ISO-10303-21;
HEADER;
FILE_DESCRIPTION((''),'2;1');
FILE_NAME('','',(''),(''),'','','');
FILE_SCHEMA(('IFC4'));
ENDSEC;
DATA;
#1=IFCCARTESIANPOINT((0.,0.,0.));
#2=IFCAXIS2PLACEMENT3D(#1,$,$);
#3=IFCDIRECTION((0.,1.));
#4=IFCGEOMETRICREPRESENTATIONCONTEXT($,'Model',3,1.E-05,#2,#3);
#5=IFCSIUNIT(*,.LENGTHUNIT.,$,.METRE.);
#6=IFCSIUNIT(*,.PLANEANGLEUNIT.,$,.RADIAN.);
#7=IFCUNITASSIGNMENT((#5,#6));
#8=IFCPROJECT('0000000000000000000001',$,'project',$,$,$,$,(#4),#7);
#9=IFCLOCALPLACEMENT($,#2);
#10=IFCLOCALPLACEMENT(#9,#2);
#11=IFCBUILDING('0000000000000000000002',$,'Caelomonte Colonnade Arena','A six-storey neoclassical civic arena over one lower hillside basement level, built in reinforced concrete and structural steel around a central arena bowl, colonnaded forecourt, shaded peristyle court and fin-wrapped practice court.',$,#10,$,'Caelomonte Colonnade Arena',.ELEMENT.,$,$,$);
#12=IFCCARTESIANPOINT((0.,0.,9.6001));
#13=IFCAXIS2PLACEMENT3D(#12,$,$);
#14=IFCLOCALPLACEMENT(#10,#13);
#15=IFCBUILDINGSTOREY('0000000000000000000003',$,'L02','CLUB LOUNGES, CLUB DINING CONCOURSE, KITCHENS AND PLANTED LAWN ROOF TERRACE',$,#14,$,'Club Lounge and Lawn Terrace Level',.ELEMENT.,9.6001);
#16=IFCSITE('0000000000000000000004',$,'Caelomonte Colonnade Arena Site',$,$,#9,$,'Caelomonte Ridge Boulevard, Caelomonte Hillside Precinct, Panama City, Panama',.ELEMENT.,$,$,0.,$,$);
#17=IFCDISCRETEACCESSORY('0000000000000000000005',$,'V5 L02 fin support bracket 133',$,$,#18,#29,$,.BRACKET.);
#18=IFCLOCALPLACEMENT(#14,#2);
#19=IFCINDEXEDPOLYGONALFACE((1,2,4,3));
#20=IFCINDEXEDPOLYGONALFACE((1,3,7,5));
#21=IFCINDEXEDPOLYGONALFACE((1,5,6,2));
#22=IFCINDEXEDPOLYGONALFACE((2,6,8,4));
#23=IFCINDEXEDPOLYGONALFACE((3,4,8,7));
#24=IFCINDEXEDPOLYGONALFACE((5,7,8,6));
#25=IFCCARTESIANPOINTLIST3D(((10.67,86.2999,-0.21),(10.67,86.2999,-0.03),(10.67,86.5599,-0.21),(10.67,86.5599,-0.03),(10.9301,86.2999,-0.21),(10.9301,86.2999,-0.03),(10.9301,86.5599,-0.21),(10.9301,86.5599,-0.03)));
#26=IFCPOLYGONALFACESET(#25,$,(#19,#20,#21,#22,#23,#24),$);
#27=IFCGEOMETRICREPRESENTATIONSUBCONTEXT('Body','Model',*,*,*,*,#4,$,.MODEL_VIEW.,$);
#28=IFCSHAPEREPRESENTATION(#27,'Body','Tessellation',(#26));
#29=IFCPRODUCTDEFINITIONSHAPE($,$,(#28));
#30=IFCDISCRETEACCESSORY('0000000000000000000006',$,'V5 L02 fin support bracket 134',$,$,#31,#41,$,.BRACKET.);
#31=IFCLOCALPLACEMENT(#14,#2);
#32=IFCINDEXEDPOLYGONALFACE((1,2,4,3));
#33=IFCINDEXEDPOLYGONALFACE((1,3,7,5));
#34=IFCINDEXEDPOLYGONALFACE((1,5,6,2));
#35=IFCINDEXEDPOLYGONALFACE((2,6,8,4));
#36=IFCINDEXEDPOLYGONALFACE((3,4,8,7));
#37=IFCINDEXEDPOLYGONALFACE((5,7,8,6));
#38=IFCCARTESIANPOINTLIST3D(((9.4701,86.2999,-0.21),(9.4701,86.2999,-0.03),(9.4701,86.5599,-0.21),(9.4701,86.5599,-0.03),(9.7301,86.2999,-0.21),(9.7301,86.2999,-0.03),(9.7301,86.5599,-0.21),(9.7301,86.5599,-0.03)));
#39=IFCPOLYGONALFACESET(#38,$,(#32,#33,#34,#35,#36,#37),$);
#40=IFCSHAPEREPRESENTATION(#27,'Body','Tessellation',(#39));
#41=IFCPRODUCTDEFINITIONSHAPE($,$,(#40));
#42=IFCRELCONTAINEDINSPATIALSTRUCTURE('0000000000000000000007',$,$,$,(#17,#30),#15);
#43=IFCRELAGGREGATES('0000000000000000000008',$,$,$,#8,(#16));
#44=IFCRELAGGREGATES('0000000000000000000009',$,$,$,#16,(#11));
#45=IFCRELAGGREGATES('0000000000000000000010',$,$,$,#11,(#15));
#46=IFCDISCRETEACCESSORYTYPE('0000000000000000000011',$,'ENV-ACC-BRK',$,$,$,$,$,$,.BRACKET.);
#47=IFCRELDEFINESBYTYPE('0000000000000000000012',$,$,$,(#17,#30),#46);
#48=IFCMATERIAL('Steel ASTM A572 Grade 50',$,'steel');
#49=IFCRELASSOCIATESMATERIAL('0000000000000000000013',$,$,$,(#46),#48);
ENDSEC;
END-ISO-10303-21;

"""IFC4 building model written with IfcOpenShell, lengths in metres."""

from ifc_helpers import new_model, si_unit, direction, frame, origin, origin_2d, place, context, subcontext, project, spatial, rectangle, extrude, material, type_object, element, save


model = new_model("IFC4")

# Units and contexts
model_context = context("Model", 3, precision=1e-05, world=origin(), true_north=direction((0.0, 1.0)))
body_context = subcontext(model_context, "Body", "Model", "MODEL_VIEW")
ifc_project = project(units=[si_unit("LENGTHUNIT", "METRE"), si_unit("PLANEANGLEUNIT", "RADIAN")], contexts=[model_context])

# Site, building, storey
site_placement = place(None, origin())
site = spatial("IfcSite", under=ifc_project, at=site_placement, Name="Caelomonte Colonnade Arena Site", LongName="Caelomonte Ridge Boulevard, Caelomonte Hillside Precinct, Panama City, Panama", CompositionType="ELEMENT", RefElevation=0.0)
building_placement = place(site_placement, origin())
building = spatial("IfcBuilding", under=site, at=building_placement, Name="Caelomonte Colonnade Arena", Description="A six-storey neoclassical civic arena over one lower hillside basement level, built in reinforced concrete and structural steel around a central arena bowl, colonnaded forecourt, shaded peristyle court and fin-wrapped practice court.", LongName="Caelomonte Colonnade Arena", CompositionType="ELEMENT")
storey_placement = place(building_placement, frame((0.0, 0.0, 9.6001)))
storey = spatial("IfcBuildingStorey", under=building, at=storey_placement, Name="L02", Description="CLUB LOUNGES, CLUB DINING CONCOURSE, KITCHENS AND PLANTED LAWN ROOF TERRACE", LongName="Club Lounge and Lawn Terrace Level", CompositionType="ELEMENT", Elevation=9.6001)

# Discrete accessories
ifc_material_1 = material(Name="Steel ASTM A572 Grade 50", Category="steel")
discrete_accessory_type = type_object("IfcDiscreteAccessoryType", Name="ENV-ACC-BRK", PredefinedType="BRACKET", material=ifc_material_1)
for number, where, z_axis, x_axis, name in (
    (1, (10.8, 86.4299, -0.21), (0.0, 0.0, 1.0), (-1.0, 0.0, 0.0), "V5 L02 fin support bracket 133"),
    (2, (9.6001, 86.4299, -0.21), (0.0, 0.0, 1.0), (-1.0, 0.0, 0.0), "V5 L02 fin support bracket 134"),
):
    element("IfcDiscreteAccessory", number, at=place(storey_placement, frame(where, z_axis=z_axis, x_axis=x_axis)), inside=storey, type_object=discrete_accessory_type, Name=name, PredefinedType="BRACKET", context=body_context, shape_type="SweptSolid", body=[
        extrude(rectangle(XDim=0.26, YDim=0.26, at=origin_2d()), origin(), (0.0, 0.0, 1.0), 0.1799),
    ])

save(model, "model.ifc")
